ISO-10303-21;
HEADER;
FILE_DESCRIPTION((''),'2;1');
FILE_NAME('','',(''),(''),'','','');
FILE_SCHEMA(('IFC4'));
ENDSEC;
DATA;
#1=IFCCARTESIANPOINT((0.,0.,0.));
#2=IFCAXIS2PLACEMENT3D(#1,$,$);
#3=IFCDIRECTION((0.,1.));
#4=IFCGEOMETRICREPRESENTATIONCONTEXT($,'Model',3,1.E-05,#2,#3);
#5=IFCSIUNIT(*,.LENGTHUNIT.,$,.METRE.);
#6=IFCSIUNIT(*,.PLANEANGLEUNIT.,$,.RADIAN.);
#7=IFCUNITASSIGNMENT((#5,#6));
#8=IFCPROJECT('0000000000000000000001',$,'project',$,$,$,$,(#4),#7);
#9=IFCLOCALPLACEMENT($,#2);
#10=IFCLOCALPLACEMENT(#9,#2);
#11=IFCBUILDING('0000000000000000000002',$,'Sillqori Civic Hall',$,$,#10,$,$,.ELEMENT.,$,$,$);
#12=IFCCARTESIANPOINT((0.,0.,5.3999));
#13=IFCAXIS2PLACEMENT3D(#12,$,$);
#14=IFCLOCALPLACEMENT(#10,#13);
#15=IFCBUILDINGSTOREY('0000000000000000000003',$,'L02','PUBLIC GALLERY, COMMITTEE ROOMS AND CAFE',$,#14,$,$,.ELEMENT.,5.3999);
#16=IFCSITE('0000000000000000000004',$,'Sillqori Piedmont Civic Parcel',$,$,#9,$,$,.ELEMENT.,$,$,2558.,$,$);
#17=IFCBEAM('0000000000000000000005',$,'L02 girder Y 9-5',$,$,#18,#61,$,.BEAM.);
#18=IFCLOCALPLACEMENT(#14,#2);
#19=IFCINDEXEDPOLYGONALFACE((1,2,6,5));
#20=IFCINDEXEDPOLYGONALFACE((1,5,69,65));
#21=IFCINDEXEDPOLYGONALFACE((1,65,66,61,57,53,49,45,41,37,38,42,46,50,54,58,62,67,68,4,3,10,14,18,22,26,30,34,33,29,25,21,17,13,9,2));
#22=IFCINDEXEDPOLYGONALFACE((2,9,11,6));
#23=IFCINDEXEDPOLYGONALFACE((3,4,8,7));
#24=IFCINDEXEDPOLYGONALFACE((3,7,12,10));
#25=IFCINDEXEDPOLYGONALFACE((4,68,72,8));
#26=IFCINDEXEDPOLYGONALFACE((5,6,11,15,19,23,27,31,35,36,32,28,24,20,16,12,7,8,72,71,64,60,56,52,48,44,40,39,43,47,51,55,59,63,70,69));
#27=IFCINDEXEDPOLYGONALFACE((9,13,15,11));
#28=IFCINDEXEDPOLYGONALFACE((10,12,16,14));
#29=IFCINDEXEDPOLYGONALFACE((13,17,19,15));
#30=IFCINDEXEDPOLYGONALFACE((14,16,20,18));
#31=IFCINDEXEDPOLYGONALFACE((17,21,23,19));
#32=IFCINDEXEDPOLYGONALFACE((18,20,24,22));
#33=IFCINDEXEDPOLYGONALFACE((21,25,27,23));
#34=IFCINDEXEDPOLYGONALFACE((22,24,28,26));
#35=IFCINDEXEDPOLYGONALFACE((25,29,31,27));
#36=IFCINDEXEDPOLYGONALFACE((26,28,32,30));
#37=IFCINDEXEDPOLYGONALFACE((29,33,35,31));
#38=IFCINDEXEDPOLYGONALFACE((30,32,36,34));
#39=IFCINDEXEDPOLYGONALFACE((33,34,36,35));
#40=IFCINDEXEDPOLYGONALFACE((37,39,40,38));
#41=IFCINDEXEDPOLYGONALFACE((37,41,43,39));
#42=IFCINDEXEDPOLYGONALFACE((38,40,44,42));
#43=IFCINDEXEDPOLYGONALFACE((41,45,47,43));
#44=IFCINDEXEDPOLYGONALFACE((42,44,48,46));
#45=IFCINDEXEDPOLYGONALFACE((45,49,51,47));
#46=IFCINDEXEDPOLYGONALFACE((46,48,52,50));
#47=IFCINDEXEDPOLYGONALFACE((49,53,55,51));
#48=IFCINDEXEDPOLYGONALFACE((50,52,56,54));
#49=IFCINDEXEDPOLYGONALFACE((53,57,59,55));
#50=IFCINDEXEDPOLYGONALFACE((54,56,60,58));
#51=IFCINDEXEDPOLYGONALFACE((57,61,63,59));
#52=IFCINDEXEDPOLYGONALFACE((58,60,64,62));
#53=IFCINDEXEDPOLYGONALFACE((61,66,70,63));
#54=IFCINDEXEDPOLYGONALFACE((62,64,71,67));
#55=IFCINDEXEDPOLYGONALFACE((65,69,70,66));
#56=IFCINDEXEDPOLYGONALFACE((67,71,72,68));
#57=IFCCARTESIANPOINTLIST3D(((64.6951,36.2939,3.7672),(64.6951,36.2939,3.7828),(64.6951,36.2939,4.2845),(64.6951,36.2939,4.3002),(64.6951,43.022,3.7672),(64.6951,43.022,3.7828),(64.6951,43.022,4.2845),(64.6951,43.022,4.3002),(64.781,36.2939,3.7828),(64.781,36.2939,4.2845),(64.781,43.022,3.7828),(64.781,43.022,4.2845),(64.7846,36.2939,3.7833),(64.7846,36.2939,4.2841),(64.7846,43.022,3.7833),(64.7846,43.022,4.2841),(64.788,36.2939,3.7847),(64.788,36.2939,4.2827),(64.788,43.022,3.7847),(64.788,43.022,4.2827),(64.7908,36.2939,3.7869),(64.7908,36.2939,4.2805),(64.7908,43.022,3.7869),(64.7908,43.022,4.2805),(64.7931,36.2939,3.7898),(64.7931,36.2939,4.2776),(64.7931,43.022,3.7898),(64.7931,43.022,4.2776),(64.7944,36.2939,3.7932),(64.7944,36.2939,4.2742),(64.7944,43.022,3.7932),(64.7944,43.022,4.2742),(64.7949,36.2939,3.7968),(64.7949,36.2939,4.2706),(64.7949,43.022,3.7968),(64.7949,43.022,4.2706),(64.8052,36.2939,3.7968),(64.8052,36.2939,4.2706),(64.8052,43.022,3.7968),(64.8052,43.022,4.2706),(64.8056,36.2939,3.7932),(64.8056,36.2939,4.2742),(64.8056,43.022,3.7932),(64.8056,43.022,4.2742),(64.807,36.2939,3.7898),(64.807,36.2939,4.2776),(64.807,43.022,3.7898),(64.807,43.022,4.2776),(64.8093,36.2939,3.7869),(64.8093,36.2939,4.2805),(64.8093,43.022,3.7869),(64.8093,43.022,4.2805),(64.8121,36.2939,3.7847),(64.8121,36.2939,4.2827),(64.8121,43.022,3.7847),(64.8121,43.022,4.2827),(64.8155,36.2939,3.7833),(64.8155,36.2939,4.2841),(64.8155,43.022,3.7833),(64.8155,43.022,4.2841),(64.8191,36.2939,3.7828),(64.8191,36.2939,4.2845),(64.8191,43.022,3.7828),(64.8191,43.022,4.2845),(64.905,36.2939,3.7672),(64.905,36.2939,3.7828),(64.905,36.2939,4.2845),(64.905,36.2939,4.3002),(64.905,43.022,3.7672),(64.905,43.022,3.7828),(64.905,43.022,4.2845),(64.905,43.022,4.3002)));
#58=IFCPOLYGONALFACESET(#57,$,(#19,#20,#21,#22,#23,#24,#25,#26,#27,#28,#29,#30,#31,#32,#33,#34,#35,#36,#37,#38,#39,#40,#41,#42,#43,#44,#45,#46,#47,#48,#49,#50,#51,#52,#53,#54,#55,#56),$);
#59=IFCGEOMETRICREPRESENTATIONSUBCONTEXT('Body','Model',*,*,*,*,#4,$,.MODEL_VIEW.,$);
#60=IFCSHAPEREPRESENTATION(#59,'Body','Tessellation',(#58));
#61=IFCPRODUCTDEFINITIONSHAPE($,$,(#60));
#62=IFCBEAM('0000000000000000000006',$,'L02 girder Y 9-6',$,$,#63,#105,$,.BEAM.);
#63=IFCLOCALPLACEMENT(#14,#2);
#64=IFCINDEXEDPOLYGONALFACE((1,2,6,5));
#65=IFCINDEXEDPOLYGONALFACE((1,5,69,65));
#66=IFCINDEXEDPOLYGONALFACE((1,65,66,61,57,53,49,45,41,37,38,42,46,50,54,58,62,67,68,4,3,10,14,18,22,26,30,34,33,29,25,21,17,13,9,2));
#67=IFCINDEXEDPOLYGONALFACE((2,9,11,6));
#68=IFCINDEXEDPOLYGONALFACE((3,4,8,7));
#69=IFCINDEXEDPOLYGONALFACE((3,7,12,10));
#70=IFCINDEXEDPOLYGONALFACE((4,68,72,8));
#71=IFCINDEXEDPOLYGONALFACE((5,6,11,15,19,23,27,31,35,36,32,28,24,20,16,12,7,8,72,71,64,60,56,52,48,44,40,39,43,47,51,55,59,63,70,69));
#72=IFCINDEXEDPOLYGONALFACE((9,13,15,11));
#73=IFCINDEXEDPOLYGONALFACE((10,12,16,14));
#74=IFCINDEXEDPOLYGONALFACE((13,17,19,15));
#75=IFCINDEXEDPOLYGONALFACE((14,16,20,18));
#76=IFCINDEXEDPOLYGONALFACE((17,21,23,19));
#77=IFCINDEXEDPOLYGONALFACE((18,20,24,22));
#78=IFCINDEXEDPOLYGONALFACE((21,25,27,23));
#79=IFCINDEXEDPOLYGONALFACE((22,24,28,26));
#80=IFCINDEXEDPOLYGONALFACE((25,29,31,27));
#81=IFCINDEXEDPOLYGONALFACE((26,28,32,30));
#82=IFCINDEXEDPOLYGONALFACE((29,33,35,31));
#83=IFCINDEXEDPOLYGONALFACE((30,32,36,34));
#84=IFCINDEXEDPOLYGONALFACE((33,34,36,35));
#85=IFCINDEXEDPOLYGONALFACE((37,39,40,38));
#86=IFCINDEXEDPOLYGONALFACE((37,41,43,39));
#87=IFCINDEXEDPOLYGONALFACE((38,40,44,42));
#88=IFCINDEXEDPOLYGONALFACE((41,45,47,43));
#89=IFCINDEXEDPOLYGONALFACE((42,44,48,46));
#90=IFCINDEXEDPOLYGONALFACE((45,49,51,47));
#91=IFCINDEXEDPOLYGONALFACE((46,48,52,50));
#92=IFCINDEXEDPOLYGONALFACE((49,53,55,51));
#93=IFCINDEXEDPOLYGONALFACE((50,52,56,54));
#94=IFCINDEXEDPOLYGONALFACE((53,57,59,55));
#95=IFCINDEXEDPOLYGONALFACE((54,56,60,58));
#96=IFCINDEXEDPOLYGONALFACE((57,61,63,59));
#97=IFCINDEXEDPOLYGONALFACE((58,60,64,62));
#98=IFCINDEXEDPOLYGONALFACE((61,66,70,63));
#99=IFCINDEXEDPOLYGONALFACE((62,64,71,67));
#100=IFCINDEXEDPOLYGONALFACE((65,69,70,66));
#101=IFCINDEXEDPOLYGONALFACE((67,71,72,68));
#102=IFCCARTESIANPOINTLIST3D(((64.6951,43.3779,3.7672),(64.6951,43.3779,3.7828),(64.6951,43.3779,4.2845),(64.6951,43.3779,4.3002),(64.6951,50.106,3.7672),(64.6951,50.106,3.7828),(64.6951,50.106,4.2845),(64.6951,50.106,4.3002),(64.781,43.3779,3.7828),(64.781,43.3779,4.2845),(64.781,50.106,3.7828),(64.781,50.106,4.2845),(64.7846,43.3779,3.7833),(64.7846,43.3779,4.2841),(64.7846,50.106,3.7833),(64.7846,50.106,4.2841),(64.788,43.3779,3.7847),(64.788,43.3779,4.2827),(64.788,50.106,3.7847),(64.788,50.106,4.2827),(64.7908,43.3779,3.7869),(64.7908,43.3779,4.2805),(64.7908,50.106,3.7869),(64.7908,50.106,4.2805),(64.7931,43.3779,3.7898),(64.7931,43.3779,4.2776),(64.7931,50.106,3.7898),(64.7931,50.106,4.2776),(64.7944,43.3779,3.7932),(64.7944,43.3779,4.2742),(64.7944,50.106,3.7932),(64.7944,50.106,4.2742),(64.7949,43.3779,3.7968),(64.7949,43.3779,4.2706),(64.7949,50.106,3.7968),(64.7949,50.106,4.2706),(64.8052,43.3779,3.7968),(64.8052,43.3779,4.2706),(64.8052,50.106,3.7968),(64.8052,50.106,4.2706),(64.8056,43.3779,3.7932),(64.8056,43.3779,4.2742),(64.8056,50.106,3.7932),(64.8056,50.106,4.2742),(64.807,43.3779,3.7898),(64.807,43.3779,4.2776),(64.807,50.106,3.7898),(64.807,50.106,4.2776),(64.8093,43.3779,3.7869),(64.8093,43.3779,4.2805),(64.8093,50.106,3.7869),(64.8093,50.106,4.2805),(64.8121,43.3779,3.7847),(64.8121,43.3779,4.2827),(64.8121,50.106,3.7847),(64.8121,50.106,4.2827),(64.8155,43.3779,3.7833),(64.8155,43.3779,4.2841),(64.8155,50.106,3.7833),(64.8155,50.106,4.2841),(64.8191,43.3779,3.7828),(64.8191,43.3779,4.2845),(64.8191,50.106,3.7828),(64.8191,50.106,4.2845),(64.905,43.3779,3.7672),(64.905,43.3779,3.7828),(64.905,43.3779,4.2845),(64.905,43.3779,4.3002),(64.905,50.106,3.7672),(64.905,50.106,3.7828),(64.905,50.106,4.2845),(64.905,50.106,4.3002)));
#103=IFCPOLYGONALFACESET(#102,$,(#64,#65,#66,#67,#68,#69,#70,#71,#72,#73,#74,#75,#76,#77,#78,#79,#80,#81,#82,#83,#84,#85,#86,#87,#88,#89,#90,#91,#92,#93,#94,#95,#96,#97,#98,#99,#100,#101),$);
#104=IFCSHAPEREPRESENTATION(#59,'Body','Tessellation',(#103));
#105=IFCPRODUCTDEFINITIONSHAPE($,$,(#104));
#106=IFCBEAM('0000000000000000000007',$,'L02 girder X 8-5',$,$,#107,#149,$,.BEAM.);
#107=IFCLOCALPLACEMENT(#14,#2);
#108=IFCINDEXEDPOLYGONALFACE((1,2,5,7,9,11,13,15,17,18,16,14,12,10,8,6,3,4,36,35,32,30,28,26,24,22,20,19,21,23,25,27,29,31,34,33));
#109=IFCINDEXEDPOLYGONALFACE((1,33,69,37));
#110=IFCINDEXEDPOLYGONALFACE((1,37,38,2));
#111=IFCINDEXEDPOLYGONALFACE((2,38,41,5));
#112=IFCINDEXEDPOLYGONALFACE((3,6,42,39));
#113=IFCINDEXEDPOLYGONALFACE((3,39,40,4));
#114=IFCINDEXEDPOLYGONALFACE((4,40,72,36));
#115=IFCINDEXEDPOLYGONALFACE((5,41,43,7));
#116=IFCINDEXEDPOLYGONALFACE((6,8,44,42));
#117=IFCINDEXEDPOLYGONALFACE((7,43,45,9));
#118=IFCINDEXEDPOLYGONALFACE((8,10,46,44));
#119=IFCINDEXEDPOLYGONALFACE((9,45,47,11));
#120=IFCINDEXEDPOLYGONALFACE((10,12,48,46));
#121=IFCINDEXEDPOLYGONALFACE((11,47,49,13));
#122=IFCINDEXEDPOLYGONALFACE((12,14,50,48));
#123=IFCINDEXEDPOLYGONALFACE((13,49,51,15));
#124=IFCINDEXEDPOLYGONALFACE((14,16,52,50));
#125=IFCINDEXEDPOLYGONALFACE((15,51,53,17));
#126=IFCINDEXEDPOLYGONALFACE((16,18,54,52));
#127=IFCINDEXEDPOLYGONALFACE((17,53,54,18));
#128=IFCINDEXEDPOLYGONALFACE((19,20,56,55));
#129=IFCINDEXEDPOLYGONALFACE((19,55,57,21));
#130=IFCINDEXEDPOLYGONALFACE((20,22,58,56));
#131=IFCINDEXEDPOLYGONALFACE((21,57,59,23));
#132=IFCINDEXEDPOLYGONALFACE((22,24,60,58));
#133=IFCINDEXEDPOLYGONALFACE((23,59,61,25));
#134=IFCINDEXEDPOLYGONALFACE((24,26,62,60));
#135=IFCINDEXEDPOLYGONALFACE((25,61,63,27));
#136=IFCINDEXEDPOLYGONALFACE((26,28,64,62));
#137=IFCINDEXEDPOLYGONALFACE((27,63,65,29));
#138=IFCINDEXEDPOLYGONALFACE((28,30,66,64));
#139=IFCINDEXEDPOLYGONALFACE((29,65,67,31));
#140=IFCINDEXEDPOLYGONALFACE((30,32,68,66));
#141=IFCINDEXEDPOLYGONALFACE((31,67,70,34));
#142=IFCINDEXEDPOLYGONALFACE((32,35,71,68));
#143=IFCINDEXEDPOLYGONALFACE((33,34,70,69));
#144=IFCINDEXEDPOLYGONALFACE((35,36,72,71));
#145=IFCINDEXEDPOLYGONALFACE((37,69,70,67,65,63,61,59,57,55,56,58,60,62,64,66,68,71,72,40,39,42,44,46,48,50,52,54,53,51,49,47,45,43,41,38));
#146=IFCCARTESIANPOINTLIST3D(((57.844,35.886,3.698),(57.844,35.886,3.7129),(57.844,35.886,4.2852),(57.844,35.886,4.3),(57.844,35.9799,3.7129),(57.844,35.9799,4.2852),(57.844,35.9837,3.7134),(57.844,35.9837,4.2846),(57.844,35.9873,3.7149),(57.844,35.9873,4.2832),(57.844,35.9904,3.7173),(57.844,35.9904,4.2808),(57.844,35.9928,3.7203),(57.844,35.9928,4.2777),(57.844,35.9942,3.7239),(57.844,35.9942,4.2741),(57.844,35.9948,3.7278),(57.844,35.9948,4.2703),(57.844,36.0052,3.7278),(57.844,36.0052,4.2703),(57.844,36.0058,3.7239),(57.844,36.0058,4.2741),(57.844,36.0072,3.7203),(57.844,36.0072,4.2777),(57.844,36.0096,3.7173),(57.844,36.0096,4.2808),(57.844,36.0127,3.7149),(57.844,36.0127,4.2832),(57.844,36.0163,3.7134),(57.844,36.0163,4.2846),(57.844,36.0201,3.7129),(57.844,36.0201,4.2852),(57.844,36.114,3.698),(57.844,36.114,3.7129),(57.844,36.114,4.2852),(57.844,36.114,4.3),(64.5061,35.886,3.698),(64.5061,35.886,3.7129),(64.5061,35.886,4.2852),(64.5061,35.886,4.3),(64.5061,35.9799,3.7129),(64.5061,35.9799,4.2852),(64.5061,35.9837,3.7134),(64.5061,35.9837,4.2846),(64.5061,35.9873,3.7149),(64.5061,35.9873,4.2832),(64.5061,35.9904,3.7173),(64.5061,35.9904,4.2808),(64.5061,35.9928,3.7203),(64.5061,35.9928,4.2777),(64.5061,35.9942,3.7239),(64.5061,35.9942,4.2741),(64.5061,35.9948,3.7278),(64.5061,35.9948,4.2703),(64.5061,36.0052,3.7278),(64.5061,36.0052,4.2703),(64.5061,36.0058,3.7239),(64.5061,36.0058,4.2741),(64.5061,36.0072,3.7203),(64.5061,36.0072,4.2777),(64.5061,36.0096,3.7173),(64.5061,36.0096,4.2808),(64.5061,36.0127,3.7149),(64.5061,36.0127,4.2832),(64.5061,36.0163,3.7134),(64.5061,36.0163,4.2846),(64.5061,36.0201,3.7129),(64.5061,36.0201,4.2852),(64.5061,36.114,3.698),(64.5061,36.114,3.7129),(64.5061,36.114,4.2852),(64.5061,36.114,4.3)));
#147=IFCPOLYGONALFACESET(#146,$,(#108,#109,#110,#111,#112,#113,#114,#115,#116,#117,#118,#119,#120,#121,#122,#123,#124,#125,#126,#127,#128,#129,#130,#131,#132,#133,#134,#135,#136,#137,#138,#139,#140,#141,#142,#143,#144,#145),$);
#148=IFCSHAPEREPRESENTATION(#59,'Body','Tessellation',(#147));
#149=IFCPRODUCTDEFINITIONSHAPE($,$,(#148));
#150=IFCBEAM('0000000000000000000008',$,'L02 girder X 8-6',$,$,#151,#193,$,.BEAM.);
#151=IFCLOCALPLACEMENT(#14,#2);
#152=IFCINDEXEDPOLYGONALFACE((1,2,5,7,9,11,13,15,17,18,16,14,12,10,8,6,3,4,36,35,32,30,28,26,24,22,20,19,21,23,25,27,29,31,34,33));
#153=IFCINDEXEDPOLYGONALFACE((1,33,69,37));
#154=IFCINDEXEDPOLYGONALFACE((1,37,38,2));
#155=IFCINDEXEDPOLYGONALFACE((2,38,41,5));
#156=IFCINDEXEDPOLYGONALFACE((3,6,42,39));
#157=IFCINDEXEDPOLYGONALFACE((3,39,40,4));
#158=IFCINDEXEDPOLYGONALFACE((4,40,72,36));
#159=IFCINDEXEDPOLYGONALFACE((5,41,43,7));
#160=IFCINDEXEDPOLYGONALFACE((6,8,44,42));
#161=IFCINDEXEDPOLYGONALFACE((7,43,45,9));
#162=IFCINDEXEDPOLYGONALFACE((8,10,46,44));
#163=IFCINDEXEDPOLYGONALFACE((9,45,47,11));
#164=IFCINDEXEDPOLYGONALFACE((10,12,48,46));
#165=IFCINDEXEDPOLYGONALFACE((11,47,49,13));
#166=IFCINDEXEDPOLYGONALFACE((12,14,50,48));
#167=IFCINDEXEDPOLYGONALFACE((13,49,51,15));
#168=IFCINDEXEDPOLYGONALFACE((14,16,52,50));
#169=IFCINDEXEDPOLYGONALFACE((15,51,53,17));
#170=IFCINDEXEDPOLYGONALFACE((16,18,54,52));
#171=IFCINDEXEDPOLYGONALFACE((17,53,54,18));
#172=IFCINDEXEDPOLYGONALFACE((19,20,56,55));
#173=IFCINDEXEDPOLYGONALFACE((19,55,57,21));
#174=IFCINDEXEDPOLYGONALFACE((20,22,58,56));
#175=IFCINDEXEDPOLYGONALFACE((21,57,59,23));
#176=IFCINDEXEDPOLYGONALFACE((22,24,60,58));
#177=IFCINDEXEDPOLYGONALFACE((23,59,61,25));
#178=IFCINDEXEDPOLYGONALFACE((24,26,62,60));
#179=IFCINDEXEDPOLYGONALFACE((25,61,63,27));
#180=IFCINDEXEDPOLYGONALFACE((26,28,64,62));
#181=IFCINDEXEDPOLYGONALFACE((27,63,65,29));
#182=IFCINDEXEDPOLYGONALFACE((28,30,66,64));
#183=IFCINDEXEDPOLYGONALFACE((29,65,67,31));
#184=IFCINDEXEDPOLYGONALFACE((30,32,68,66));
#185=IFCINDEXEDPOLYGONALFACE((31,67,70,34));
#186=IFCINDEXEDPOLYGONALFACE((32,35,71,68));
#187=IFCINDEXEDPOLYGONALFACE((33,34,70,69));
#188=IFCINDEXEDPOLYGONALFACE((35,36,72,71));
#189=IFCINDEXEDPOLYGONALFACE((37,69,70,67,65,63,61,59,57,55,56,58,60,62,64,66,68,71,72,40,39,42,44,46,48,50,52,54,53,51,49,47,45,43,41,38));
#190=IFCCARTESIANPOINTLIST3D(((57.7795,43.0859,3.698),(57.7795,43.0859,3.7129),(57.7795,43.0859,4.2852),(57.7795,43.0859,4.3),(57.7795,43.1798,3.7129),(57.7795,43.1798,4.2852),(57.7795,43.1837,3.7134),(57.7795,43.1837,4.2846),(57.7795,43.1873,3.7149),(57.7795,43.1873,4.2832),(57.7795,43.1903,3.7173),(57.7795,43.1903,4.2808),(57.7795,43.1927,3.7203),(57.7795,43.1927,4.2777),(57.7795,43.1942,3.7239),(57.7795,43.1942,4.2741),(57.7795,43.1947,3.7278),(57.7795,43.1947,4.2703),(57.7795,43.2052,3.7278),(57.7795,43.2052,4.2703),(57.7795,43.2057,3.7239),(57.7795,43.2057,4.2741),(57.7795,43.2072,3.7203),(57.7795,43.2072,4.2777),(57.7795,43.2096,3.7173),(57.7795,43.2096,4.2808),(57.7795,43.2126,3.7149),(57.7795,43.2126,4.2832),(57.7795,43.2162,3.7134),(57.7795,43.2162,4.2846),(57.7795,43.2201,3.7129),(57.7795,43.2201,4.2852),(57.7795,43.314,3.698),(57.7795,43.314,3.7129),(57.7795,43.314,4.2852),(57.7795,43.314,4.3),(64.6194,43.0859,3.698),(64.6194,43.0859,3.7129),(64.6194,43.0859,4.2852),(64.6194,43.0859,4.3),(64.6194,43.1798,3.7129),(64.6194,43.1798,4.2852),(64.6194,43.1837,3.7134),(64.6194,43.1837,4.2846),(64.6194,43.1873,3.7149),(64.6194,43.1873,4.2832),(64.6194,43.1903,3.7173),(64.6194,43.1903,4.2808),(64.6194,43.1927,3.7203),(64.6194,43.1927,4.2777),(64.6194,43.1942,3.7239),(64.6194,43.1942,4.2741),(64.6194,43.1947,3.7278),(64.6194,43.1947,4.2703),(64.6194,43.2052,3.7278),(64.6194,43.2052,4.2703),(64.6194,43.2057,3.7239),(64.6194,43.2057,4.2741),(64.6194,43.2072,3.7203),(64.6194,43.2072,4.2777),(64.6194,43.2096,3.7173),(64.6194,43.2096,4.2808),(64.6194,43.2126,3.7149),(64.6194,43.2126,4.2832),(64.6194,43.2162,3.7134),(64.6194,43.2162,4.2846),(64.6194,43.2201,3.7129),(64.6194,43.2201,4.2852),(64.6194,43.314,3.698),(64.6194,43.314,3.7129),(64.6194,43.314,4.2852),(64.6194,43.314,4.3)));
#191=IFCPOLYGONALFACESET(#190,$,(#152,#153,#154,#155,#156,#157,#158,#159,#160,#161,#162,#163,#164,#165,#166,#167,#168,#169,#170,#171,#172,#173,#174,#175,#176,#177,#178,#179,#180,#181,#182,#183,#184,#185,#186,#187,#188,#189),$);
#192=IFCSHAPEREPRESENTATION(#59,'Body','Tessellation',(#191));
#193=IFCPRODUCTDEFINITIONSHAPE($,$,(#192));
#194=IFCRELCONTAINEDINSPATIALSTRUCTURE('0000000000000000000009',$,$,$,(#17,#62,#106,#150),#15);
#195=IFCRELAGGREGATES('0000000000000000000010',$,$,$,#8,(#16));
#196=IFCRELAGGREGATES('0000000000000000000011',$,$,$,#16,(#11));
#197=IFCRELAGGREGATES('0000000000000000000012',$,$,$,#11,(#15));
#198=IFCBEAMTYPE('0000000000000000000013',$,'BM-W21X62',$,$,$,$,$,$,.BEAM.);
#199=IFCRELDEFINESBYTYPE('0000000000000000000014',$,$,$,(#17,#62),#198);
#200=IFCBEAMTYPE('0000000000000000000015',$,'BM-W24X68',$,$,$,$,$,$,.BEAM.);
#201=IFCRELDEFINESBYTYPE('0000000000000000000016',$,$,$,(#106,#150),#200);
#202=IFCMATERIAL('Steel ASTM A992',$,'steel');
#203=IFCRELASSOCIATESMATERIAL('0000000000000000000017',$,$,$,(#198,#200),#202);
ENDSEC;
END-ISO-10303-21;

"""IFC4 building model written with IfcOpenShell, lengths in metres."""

from ifc_helpers import new_model, si_unit, direction, frame, origin, origin_2d, place, context, subcontext, project, spatial, i_section, extrude, material, material_profile, profile_set, type_object, element, save


model = new_model("IFC4")

# Units and contexts
model_context = context("Model", 3, precision=1e-05, world=origin(), true_north=direction((0.0, 1.0)))
body_context = subcontext(model_context, "Body", "Model", "MODEL_VIEW")
ifc_project = project(units=[si_unit("LENGTHUNIT", "METRE"), si_unit("PLANEANGLEUNIT", "RADIAN")], contexts=[model_context])

# Site, building, storey
site_placement = place(None, origin())
site = spatial("IfcSite", under=ifc_project, at=site_placement, Name="Sillqori Piedmont Civic Parcel", CompositionType="ELEMENT", RefElevation=2558.0)
building_placement = place(site_placement, origin())
building = spatial("IfcBuilding", under=site, at=building_placement, Name="Sillqori Civic Hall", CompositionType="ELEMENT")
storey_placement = place(building_placement, frame((0.0, 0.0, 5.3999)))
storey = spatial("IfcBuildingStorey", under=building, at=storey_placement, Name="L02", Description="PUBLIC GALLERY, COMMITTEE ROOMS AND CAFE", CompositionType="ELEMENT", Elevation=5.3999)

# Shared definitions
ifc_material_1 = material(Name="Steel ASTM A992", Category="steel")

# Beams
ifc_material_profile_1 = material_profile(ifc_material_1, i_section(OverallWidth=0.21, OverallDepth=0.533, WebThickness=0.0103, FlangeThickness=0.0156, FilletRadius=0.0139, at=origin_2d()), Name="W21X62")
ifc_profile_set_1 = profile_set([ifc_material_profile_1], Name="Steel ASTM A992")
beam_type_1 = type_object("IfcBeamType", Name="BM-W21X62", PredefinedType="BEAM", material=ifc_profile_set_1)
for number, where, z_axis, x_axis, name in (
    (1, (64.8, 36.2939, 4.0337), (0.0, 1.0, 0.0), (-1.0, 0.0, 0.0), "L02 girder Y 9-5"),
    (2, (64.8, 43.3779, 4.0337), (0.0, 1.0, 0.0), (-1.0, 0.0, 0.0), "L02 girder Y 9-6"),
):
    element("IfcBeam", number, at=place(storey_placement, frame(where, z_axis=z_axis, x_axis=x_axis)), inside=storey, type_object=beam_type_1, Name=name, PredefinedType="BEAM", context=body_context, shape_type="SweptSolid", body=[
        extrude(i_section(OverallWidth=0.21, OverallDepth=0.533, WebThickness=0.0103, FlangeThickness=0.0156, FilletRadius=0.0139, at=origin_2d()), origin(), (0.0, 0.0, 1.0), 6.728),
    ])
ifc_material_profile_2 = material_profile(ifc_material_1, i_section(OverallWidth=0.228, OverallDepth=0.6021, WebThickness=0.0105, FlangeThickness=0.0149, FilletRadius=0.0149, at=origin_2d()), Name="W24X68")
ifc_profile_set_2 = profile_set([ifc_material_profile_2], Name="Steel ASTM A992")
beam_type_2 = type_object("IfcBeamType", Name="BM-W24X68", PredefinedType="BEAM", material=ifc_profile_set_2)
beam_1_placement = place(storey_placement, frame((57.844, 36.0, 3.999), z_axis=(1.0, 0.0, 0.0), x_axis=(0.0, 1.0, 0.0)))
element("IfcBeam", 3, at=beam_1_placement, inside=storey, type_object=beam_type_2, Name="L02 girder X 8-5", PredefinedType="BEAM", context=body_context, shape_type="SweptSolid", body=[
    extrude(i_section(OverallWidth=0.228, OverallDepth=0.6021, WebThickness=0.0105, FlangeThickness=0.0149, FilletRadius=0.0149, at=origin_2d()), origin(), (0.0, 0.0, 1.0), 6.6621),
])
beam_2_placement = place(storey_placement, frame((57.7795, 43.2, 3.999), z_axis=(1.0, 0.0, 0.0), x_axis=(0.0, 1.0, 0.0)))
element("IfcBeam", 4, at=beam_2_placement, inside=storey, type_object=beam_type_2, Name="L02 girder X 8-6", PredefinedType="BEAM", context=body_context, shape_type="SweptSolid", body=[
    extrude(i_section(OverallWidth=0.228, OverallDepth=0.6021, WebThickness=0.0105, FlangeThickness=0.0149, FilletRadius=0.0149, at=origin_2d()), origin(), (0.0, 0.0, 1.0), 6.8398),
])

save(model, "model.ifc")
